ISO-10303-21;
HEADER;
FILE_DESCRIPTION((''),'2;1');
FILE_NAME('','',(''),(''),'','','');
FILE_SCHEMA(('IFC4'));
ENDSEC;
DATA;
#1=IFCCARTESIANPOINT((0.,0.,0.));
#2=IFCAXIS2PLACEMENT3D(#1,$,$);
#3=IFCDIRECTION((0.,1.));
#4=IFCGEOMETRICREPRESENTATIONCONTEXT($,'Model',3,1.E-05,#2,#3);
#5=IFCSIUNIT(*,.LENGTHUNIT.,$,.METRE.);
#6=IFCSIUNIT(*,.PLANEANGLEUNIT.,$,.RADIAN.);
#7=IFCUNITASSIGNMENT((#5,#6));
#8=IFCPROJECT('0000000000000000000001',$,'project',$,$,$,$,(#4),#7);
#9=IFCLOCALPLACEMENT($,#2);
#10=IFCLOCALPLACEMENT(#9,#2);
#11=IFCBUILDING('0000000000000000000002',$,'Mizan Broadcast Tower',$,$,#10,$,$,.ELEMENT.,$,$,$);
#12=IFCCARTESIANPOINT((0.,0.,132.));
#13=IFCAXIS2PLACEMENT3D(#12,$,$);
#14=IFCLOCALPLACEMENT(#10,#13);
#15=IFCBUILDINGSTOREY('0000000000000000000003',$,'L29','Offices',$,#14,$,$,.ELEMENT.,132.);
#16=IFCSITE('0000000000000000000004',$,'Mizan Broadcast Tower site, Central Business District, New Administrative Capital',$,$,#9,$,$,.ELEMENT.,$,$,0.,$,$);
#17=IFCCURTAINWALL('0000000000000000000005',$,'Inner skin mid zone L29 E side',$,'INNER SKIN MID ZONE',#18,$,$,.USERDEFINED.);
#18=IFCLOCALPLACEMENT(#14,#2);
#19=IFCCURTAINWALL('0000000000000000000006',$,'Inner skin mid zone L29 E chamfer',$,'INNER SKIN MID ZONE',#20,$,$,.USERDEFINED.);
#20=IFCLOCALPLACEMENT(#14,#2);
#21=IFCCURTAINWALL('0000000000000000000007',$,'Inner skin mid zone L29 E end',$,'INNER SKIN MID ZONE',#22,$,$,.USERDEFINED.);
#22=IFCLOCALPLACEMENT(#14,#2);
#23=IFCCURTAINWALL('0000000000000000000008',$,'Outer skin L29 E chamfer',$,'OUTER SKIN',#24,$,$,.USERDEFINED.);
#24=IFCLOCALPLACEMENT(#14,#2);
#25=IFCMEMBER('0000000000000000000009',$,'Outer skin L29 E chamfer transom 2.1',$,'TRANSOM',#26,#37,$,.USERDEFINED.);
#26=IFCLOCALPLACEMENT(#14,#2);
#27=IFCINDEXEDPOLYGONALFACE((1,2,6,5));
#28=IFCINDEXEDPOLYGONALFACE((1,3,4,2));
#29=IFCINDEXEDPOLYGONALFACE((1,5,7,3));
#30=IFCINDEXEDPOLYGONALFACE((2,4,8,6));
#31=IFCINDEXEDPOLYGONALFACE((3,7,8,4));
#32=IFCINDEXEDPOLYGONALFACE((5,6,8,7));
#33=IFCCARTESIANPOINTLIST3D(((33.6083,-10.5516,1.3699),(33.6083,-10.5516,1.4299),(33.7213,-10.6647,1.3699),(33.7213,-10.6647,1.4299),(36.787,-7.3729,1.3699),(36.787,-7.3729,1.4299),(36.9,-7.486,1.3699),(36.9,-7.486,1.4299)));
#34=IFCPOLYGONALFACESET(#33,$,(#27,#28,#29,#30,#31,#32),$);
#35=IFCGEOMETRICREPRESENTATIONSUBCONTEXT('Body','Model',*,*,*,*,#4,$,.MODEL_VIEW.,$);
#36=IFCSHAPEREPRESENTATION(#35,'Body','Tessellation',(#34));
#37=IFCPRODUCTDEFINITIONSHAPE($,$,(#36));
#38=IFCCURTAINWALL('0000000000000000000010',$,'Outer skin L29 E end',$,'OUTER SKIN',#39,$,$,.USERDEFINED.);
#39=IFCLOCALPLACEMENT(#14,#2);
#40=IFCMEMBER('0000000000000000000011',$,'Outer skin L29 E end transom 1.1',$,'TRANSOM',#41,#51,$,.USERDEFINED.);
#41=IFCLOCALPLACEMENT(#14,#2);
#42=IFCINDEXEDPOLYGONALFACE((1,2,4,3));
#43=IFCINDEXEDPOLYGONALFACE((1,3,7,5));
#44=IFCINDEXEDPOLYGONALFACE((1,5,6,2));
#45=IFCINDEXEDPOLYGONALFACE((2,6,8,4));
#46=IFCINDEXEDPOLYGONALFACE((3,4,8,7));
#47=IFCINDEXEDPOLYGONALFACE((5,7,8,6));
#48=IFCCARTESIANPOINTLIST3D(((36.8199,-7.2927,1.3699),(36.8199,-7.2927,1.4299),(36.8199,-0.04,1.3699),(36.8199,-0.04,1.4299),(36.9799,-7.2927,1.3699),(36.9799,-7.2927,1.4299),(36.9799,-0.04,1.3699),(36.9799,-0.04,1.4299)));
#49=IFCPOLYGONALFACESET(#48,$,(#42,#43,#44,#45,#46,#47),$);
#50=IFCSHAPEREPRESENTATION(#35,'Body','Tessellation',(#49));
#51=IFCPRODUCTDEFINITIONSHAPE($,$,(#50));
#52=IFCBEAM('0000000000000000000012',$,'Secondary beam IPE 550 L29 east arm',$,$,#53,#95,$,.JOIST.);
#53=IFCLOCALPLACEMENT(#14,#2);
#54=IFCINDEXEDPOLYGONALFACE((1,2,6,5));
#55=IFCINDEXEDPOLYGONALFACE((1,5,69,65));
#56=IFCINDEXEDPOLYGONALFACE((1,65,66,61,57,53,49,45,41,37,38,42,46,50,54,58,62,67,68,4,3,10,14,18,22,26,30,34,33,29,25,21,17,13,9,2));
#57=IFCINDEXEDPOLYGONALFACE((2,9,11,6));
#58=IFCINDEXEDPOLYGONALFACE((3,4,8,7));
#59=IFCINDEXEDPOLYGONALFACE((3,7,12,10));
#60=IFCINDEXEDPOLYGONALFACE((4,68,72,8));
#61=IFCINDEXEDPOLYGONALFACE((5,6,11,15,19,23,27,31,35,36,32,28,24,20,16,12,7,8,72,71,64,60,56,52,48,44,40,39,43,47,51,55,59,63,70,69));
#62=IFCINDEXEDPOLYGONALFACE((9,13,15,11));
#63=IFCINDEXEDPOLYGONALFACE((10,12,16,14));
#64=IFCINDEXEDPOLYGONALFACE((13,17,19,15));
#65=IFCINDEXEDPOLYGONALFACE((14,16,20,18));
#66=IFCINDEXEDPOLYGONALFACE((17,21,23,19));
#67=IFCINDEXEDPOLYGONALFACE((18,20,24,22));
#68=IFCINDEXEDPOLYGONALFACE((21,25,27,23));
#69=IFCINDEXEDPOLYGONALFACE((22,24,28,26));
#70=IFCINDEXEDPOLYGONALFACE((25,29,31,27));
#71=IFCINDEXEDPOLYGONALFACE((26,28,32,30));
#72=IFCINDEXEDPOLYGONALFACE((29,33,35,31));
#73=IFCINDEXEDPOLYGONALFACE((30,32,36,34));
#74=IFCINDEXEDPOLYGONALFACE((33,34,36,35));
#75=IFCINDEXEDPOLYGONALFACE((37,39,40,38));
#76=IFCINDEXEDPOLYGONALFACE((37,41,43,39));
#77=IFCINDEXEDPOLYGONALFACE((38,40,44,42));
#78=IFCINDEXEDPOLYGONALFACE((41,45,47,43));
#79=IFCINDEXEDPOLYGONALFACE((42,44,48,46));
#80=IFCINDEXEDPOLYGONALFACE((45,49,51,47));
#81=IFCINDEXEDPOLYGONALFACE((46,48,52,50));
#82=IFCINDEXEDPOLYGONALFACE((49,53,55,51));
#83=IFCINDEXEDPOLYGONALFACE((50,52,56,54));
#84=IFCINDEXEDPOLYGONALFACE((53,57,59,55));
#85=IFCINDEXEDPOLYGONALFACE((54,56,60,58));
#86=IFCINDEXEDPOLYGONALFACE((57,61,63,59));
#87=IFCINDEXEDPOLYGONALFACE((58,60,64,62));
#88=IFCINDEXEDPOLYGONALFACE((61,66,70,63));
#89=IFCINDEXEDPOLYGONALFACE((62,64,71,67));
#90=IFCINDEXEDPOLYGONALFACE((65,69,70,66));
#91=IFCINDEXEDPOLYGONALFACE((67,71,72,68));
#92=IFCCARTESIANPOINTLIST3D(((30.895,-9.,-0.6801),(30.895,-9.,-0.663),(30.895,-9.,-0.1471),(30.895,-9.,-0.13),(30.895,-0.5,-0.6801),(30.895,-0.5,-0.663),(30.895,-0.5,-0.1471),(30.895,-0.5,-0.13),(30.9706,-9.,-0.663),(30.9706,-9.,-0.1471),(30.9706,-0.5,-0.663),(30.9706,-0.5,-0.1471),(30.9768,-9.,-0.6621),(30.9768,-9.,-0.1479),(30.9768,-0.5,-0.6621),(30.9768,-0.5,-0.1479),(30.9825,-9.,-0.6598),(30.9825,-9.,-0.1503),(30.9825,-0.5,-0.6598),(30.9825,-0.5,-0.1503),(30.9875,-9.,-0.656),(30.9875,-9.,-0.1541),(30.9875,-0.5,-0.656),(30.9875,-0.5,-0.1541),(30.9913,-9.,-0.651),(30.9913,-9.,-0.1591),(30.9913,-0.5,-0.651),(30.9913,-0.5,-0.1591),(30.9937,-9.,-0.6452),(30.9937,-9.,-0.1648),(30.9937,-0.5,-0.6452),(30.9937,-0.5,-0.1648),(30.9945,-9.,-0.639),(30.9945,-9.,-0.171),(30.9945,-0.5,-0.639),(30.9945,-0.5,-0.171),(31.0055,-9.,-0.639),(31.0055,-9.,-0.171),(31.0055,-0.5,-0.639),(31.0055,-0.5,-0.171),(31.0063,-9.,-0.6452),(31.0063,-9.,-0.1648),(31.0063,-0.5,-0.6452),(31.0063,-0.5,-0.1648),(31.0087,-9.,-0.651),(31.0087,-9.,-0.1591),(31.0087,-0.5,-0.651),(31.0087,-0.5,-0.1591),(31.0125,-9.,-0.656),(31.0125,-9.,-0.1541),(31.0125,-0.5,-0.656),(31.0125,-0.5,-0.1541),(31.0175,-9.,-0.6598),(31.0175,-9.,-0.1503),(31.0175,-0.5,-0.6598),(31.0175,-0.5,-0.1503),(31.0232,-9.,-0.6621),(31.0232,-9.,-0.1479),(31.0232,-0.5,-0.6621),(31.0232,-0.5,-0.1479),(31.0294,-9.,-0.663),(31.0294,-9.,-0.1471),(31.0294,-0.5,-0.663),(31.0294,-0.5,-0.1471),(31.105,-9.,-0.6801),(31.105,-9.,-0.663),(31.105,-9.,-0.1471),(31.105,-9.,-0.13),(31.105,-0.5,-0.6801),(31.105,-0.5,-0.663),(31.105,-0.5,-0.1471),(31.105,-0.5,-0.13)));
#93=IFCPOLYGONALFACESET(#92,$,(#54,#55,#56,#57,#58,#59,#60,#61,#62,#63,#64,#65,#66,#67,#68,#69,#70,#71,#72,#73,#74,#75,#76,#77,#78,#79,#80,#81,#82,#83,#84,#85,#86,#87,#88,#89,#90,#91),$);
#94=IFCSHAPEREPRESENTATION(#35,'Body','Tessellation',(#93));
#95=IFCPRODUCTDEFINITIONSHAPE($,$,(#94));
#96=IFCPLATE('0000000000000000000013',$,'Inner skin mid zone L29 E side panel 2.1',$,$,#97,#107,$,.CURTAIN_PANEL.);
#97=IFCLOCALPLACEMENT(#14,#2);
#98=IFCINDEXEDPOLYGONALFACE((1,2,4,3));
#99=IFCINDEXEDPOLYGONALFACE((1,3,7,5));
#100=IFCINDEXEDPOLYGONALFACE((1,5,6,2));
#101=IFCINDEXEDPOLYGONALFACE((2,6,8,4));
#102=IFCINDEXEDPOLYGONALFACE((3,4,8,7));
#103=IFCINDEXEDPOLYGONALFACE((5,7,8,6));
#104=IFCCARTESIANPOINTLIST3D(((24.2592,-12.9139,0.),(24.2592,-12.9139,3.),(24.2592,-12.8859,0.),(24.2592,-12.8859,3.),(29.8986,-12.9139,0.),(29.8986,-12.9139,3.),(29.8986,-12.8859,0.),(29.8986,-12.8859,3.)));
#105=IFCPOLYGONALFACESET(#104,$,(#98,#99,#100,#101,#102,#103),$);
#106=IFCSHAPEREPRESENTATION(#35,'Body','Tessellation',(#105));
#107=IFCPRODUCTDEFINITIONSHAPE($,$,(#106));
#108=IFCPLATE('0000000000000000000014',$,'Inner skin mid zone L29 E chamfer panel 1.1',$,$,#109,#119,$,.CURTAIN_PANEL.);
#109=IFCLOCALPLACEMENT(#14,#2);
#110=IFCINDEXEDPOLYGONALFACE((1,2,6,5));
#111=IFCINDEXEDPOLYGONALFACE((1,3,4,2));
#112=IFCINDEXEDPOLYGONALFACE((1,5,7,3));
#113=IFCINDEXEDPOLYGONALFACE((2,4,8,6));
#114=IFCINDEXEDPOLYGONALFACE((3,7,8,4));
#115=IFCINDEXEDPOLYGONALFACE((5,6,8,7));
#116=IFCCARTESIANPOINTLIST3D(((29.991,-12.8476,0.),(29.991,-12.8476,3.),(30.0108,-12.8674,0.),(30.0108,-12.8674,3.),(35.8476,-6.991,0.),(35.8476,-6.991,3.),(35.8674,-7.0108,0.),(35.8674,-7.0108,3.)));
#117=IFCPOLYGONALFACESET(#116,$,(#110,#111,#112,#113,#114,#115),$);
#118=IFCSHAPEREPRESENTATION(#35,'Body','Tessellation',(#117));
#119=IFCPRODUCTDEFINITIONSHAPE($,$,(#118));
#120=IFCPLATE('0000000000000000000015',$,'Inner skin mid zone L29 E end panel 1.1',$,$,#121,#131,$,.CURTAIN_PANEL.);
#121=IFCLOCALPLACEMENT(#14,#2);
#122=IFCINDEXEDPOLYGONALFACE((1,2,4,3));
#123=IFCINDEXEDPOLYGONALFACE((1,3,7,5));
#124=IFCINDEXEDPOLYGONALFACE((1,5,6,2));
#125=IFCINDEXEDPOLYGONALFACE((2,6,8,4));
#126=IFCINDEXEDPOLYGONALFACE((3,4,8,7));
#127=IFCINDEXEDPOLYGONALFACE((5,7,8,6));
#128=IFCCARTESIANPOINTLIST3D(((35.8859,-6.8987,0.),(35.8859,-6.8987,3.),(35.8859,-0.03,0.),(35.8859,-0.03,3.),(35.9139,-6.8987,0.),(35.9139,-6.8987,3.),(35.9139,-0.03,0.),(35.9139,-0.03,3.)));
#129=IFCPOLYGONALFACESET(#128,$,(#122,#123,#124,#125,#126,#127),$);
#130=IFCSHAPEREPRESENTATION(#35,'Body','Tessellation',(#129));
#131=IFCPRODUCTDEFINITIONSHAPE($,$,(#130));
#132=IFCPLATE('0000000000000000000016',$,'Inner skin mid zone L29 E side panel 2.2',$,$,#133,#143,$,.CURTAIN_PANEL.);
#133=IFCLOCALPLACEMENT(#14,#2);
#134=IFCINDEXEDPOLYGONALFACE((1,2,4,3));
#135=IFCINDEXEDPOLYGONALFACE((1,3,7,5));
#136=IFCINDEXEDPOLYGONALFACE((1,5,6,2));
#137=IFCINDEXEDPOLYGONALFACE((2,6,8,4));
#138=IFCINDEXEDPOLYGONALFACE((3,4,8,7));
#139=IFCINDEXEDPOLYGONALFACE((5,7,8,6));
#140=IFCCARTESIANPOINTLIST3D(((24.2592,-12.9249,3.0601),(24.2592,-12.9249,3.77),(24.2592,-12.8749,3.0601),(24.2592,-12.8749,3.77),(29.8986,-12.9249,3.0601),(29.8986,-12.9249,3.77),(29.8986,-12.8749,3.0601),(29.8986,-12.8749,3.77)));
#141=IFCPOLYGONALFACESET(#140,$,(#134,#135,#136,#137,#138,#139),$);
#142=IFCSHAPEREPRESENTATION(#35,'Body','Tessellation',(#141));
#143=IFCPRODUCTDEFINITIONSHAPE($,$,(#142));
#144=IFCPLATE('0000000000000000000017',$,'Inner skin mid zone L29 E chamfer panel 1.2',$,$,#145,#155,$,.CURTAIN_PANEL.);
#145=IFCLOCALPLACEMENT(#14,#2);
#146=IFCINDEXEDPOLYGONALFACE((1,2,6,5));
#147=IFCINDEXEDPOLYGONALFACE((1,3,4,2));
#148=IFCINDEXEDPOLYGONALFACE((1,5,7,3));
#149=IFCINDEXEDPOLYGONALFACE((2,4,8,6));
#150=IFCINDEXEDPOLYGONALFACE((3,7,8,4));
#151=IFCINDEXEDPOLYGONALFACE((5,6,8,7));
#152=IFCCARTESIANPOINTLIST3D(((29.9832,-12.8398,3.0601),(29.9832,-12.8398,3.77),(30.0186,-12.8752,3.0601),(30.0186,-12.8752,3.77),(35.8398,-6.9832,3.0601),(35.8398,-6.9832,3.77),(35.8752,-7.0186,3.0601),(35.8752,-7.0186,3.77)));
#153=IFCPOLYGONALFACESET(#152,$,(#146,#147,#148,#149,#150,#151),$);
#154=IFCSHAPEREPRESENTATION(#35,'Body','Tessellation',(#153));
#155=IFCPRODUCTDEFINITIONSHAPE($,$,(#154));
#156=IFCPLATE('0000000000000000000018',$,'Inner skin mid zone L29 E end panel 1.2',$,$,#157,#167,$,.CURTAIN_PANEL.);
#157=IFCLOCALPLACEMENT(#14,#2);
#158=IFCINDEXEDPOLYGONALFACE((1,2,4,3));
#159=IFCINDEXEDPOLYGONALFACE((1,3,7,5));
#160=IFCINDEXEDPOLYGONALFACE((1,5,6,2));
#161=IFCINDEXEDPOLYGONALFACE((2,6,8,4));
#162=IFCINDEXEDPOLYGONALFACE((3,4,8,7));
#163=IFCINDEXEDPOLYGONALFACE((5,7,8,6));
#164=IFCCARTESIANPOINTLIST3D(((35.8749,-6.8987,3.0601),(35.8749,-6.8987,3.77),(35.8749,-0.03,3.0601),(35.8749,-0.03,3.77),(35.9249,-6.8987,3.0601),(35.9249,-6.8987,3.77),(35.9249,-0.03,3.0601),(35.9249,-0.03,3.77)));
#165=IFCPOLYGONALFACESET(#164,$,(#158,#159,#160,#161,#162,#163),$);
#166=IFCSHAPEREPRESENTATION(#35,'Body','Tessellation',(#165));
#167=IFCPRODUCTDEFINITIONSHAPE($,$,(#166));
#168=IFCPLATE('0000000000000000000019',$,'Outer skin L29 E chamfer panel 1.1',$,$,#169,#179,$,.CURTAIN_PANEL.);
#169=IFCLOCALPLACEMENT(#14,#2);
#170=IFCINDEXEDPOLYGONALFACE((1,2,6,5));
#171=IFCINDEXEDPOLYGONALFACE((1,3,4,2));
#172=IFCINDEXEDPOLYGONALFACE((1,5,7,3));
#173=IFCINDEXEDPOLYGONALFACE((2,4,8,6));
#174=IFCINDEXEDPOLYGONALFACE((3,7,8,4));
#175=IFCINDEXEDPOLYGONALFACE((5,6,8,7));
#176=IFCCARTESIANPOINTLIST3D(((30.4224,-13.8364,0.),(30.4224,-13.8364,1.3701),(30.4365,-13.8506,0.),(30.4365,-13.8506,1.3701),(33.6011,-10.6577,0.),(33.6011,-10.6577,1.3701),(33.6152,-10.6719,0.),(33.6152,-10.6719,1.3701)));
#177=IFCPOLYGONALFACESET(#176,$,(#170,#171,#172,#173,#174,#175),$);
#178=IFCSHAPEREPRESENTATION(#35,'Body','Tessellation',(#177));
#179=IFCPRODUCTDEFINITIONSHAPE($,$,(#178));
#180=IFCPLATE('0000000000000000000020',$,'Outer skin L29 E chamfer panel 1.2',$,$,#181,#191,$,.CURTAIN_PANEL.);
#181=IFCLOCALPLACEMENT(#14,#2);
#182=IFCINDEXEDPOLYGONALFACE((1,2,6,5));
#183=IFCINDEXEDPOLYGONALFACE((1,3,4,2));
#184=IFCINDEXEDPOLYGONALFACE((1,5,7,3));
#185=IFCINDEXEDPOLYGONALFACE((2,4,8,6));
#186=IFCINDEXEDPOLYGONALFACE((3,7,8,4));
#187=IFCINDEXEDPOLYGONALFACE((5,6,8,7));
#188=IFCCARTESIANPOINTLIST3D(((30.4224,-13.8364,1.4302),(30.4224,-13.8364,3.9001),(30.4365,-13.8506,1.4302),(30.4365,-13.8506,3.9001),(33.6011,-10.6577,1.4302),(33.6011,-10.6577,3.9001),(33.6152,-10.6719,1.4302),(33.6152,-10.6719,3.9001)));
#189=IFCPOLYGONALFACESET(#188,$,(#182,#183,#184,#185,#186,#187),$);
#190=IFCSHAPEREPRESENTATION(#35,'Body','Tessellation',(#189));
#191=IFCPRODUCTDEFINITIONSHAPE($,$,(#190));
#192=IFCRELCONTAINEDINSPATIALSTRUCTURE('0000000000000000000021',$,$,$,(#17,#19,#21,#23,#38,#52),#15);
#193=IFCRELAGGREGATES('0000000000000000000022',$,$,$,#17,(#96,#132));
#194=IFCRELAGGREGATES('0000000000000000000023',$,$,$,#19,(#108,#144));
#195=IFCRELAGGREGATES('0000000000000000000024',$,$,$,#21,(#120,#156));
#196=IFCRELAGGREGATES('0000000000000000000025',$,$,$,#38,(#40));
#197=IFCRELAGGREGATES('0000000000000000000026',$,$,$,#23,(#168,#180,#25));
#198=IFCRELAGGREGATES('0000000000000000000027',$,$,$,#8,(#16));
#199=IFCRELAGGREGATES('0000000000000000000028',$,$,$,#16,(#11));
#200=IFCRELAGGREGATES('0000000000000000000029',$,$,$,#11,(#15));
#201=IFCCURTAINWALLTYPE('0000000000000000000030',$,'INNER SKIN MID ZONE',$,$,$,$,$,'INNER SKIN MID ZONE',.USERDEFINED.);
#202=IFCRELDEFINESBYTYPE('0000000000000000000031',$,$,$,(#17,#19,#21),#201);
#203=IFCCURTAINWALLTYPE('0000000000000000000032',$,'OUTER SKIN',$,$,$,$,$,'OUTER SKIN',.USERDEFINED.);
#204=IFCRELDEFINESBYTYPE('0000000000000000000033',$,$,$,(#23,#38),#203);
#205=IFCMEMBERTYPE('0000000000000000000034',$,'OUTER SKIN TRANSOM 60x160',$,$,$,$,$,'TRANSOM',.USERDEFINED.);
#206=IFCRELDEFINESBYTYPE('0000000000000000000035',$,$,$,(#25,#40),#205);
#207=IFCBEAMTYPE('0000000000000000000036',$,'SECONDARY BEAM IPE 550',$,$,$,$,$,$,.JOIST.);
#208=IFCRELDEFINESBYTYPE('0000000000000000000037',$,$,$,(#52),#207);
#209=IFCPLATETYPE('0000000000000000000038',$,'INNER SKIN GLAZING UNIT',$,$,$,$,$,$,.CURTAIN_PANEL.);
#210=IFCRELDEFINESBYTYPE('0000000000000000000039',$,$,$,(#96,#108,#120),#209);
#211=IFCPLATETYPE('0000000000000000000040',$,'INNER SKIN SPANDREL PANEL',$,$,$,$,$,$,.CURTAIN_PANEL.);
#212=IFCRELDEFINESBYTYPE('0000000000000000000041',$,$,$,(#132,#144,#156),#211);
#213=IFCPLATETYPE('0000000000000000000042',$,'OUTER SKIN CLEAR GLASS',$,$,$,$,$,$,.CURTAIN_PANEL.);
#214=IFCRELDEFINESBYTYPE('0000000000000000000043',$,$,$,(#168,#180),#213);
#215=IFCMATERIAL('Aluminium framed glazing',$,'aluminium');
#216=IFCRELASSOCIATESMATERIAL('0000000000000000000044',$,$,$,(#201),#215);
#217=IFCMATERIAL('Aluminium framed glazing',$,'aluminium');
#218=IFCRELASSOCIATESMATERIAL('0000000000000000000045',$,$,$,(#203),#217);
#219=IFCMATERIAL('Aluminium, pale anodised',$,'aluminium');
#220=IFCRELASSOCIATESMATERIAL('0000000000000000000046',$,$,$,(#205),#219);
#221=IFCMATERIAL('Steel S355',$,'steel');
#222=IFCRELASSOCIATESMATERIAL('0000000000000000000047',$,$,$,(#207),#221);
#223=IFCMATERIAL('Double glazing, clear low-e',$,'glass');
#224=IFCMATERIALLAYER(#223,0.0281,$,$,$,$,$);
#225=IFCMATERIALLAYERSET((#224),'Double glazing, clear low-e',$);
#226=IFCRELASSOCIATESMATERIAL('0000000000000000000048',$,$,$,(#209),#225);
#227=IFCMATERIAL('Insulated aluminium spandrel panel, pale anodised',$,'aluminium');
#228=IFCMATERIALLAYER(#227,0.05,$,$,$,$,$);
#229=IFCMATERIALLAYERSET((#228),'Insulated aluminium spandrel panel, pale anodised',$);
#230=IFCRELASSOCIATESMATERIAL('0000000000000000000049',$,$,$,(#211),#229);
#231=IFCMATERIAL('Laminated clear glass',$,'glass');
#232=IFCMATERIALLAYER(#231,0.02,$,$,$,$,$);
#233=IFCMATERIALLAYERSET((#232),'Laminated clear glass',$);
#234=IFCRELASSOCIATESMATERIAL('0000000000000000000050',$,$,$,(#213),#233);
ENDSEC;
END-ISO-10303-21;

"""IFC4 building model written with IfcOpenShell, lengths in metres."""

from ifc_helpers import new_model, si_unit, direction, frame, origin, origin_2d, place, context, subcontext, project, spatial, rectangle, i_section, extrude, material, layer, layer_set, material_profile, profile_set, type_object, element, aggregate, save


model = new_model("IFC4")

# Units and contexts
model_context = context("Model", 3, precision=1e-05, world=origin(), true_north=direction((0.0, 1.0)))
body_context = subcontext(model_context, "Body", "Model", "MODEL_VIEW")
ifc_project = project(units=[si_unit("LENGTHUNIT", "METRE"), si_unit("PLANEANGLEUNIT", "RADIAN")], contexts=[model_context])

# Site, building, storey
site_placement = place(None, origin())
site = spatial("IfcSite", under=ifc_project, at=site_placement, Name="Mizan Broadcast Tower site, Central Business District, New Administrative Capital", CompositionType="ELEMENT", RefElevation=0.0)
building_placement = place(site_placement, origin())
building = spatial("IfcBuilding", under=site, at=building_placement, Name="Mizan Broadcast Tower", CompositionType="ELEMENT")
storey_placement = place(building_placement, frame((0.0, 0.0, 132.0)))
storey = spatial("IfcBuildingStorey", under=building, at=storey_placement, Name="L29", Description="Offices", CompositionType="ELEMENT", Elevation=132.0)

# Curtain wall
ifc_material_1 = material(Name="Aluminium framed glazing", Category="aluminium")
curtain_wall_type_1 = type_object("IfcCurtainWallType", Name="INNER SKIN MID ZONE", ElementType="INNER SKIN MID ZONE", PredefinedType="USERDEFINED", material=ifc_material_1)
curtain_wall_1_placement = place(storey_placement, origin())
curtain_wall_1 = element("IfcCurtainWall", 1, at=curtain_wall_1_placement, inside=storey, type_object=curtain_wall_type_1, Name="Inner skin mid zone L29 E side", ObjectType="INNER SKIN MID ZONE", PredefinedType="USERDEFINED")

# Curtain wall
curtain_wall_2_placement = place(storey_placement, origin())
curtain_wall_2 = element("IfcCurtainWall", 2, at=curtain_wall_2_placement, inside=storey, type_object=curtain_wall_type_1, Name="Inner skin mid zone L29 E chamfer", ObjectType="INNER SKIN MID ZONE", PredefinedType="USERDEFINED")

# Curtain wall
curtain_wall_3_placement = place(storey_placement, origin())
curtain_wall_3 = element("IfcCurtainWall", 3, at=curtain_wall_3_placement, inside=storey, type_object=curtain_wall_type_1, Name="Inner skin mid zone L29 E end", ObjectType="INNER SKIN MID ZONE", PredefinedType="USERDEFINED")

# Curtain wall
ifc_material_2 = material(Name="Aluminium framed glazing", Category="aluminium")
curtain_wall_type_2 = type_object("IfcCurtainWallType", Name="OUTER SKIN", ElementType="OUTER SKIN", PredefinedType="USERDEFINED", material=ifc_material_2)
curtain_wall_4_placement = place(storey_placement, origin())
curtain_wall_4 = element("IfcCurtainWall", 4, at=curtain_wall_4_placement, inside=storey, type_object=curtain_wall_type_2, Name="Outer skin L29 E chamfer", ObjectType="OUTER SKIN", PredefinedType="USERDEFINED")

# Member
ifc_material_3 = material(Name="Aluminium, pale anodised", Category="aluminium")
ifc_material_profile_1 = material_profile(ifc_material_3, rectangle(XDim=0.1599, YDim=0.0601, at=origin_2d()), Name="TRANSOM 160x60")
ifc_profile_set_1 = profile_set([ifc_material_profile_1], Name="Aluminium, pale anodised")
member_type_1 = type_object("IfcMemberType", Name="OUTER SKIN TRANSOM 60x160", ElementType="TRANSOM", PredefinedType="USERDEFINED", material=ifc_profile_set_1)
member_1_placement = place(storey_placement, frame((33.6648, -10.6082, 1.3999), z_axis=(0.707107, 0.707107, 0.0), x_axis=(-0.707107, 0.707107, 0.0)))
member_1 = element("IfcMember", 5, at=member_1_placement, type_object=member_type_1, Name="Outer skin L29 E chamfer transom 2.1", ObjectType="TRANSOM", PredefinedType="USERDEFINED", context=body_context, shape_type="SweptSolid", body=[
    extrude(rectangle(XDim=0.1599, YDim=0.0601, at=origin_2d()), origin(), (0.0, 0.0, 1.0), 4.4954),
])

# Curtain wall, member
curtain_wall_5_placement = place(storey_placement, origin())
curtain_wall_5 = element("IfcCurtainWall", 6, at=curtain_wall_5_placement, inside=storey, type_object=curtain_wall_type_2, Name="Outer skin L29 E end", ObjectType="OUTER SKIN", PredefinedType="USERDEFINED")
member_2_placement = place(storey_placement, frame((36.8999, -7.2927, 1.3999), z_axis=(0.0, 1.0, 0.0), x_axis=(-1.0, 0.0, 0.0)))
member_2 = element("IfcMember", 7, at=member_2_placement, type_object=member_type_1, Name="Outer skin L29 E end transom 1.1", ObjectType="TRANSOM", PredefinedType="USERDEFINED", context=body_context, shape_type="SweptSolid", body=[
    extrude(rectangle(XDim=0.1599, YDim=0.0601, at=origin_2d()), origin(), (0.0, 0.0, 1.0), 7.2527),
])

# Beam
ifc_material_4 = material(Name="Steel S355", Category="steel")
ifc_material_profile_2 = material_profile(ifc_material_4, i_section(OverallWidth=0.21, OverallDepth=0.55, WebThickness=0.011, FlangeThickness=0.0171, FilletRadius=0.0239, at=origin_2d()), Name="IPE 550")
ifc_profile_set_2 = profile_set([ifc_material_profile_2], Name="Steel S355")
beam_type_1 = type_object("IfcBeamType", Name="SECONDARY BEAM IPE 550", PredefinedType="JOIST", material=ifc_profile_set_2)
beam_1_placement = place(storey_placement, frame((31.0, -9.0, -0.405), z_axis=(0.0, 1.0, 0.0), x_axis=(-1.0, 0.0, 0.0)))
element("IfcBeam", 8, at=beam_1_placement, inside=storey, type_object=beam_type_1, Name="Secondary beam IPE 550 L29 east arm", PredefinedType="JOIST", context=body_context, shape_type="SweptSolid", body=[
    extrude(i_section(OverallWidth=0.21, OverallDepth=0.55, WebThickness=0.011, FlangeThickness=0.0171, FilletRadius=0.0239, at=origin_2d()), origin(), (0.0, 0.0, 1.0), 8.5),
])

# Plates
ifc_material_5 = material(Name="Double glazing, clear low-e", Category="glass")
ifc_layer_1 = layer(ifc_material_5, 0.0281)
ifc_layer_set_1 = layer_set([ifc_layer_1], Name="Double glazing, clear low-e")
plate_type_1 = type_object("IfcPlateType", Name="INNER SKIN GLAZING UNIT", PredefinedType="CURTAIN_PANEL", material=ifc_layer_set_1)
plate_1_placement = place(storey_placement, frame((27.0789, -12.8999, 0.0), z_axis=(0.0, 0.0, 1.0), x_axis=(1.0, 0.0, 0.0)))
plate_1 = element("IfcPlate", 9, at=plate_1_placement, type_object=plate_type_1, Name="Inner skin mid zone L29 E side panel 2.1", PredefinedType="CURTAIN_PANEL", context=body_context, shape_type="SweptSolid", body=[
    extrude(rectangle(XDim=5.6394, YDim=0.0281, at=origin_2d()), origin(), (0.0, 0.0, 1.0), 3.0),
])
plate_2_placement = place(storey_placement, frame((32.9292, -9.9292, 0.0), z_axis=(0.0, 0.0, 1.0), x_axis=(0.707107, 0.707107, 0.0)))
plate_2 = element("IfcPlate", 10, at=plate_2_placement, type_object=plate_type_1, Name="Inner skin mid zone L29 E chamfer panel 1.1", PredefinedType="CURTAIN_PANEL", context=body_context, shape_type="SweptSolid", body=[
    extrude(rectangle(XDim=8.2825, YDim=0.0281, at=origin_2d()), origin(), (0.0, 0.0, 1.0), 3.0),
])
plate_3_placement = place(storey_placement, frame((35.8999, -3.4644, 0.0), z_axis=(0.0, 0.0, 1.0), x_axis=(0.0, 1.0, 0.0)))
plate_3 = element("IfcPlate", 11, at=plate_3_placement, type_object=plate_type_1, Name="Inner skin mid zone L29 E end panel 1.1", PredefinedType="CURTAIN_PANEL", context=body_context, shape_type="SweptSolid", body=[
    extrude(rectangle(XDim=6.8687, YDim=0.0281, at=origin_2d()), origin(), (0.0, 0.0, 1.0), 3.0),
])
ifc_material_6 = material(Name="Insulated aluminium spandrel panel, pale anodised", Category="aluminium")
ifc_layer_2 = layer(ifc_material_6, 0.05)
ifc_layer_set_2 = layer_set([ifc_layer_2], Name="Insulated aluminium spandrel panel, pale anodised")
plate_type_2 = type_object("IfcPlateType", Name="INNER SKIN SPANDREL PANEL", PredefinedType="CURTAIN_PANEL", material=ifc_layer_set_2)
plate_4_placement = place(storey_placement, frame((27.0789, -12.8999, 3.0601), z_axis=(0.0, 0.0, 1.0), x_axis=(1.0, 0.0, 0.0)))
plate_4 = element("IfcPlate", 12, at=plate_4_placement, type_object=plate_type_2, Name="Inner skin mid zone L29 E side panel 2.2", PredefinedType="CURTAIN_PANEL", context=body_context, shape_type="SweptSolid", body=[
    extrude(rectangle(XDim=5.6394, YDim=0.05, at=origin_2d()), origin(), (0.0, 0.0, 1.0), 0.71),
])
aggregate(curtain_wall_1, [plate_1, plate_4])
plate_5_placement = place(storey_placement, frame((32.9292, -9.9292, 3.0601), z_axis=(0.0, 0.0, 1.0), x_axis=(0.707107, 0.707107, 0.0)))
plate_5 = element("IfcPlate", 13, at=plate_5_placement, type_object=plate_type_2, Name="Inner skin mid zone L29 E chamfer panel 1.2", PredefinedType="CURTAIN_PANEL", context=body_context, shape_type="SweptSolid", body=[
    extrude(rectangle(XDim=8.2825, YDim=0.05, at=origin_2d()), origin(), (0.0, 0.0, 1.0), 0.71),
])
aggregate(curtain_wall_2, [plate_2, plate_5])
plate_6_placement = place(storey_placement, frame((35.8999, -3.4644, 3.0601), z_axis=(0.0, 0.0, 1.0), x_axis=(0.0, 1.0, 0.0)))
plate_6 = element("IfcPlate", 14, at=plate_6_placement, type_object=plate_type_2, Name="Inner skin mid zone L29 E end panel 1.2", PredefinedType="CURTAIN_PANEL", context=body_context, shape_type="SweptSolid", body=[
    extrude(rectangle(XDim=6.8687, YDim=0.05, at=origin_2d()), origin(), (0.0, 0.0, 1.0), 0.71),
])
aggregate(curtain_wall_3, [plate_3, plate_6])
ifc_material_7 = material(Name="Laminated clear glass", Category="glass")
ifc_layer_3 = layer(ifc_material_7, 0.02)
ifc_layer_set_3 = layer_set([ifc_layer_3], Name="Laminated clear glass")
plate_type_3 = type_object("IfcPlateType", Name="OUTER SKIN CLEAR GLASS", PredefinedType="CURTAIN_PANEL", material=ifc_layer_set_3)
plate_7_placement = place(storey_placement, frame((32.0188, -12.2542, 0.0), z_axis=(0.0, 0.0, 1.0), x_axis=(0.707107, 0.707107, 0.0)))
plate_7 = element("IfcPlate", 15, at=plate_7_placement, type_object=plate_type_3, Name="Outer skin L29 E chamfer panel 1.1", PredefinedType="CURTAIN_PANEL", context=body_context, shape_type="SweptSolid", body=[
    extrude(rectangle(XDim=4.4954, YDim=0.02, at=origin_2d()), origin(), (0.0, 0.0, 1.0), 1.3701),
])
plate_8_placement = place(storey_placement, frame((32.0188, -12.2542, 1.4302), z_axis=(0.0, 0.0, 1.0), x_axis=(0.707107, 0.707107, 0.0)))
plate_8 = element("IfcPlate", 16, at=plate_8_placement, type_object=plate_type_3, Name="Outer skin L29 E chamfer panel 1.2", PredefinedType="CURTAIN_PANEL", context=body_context, shape_type="SweptSolid", body=[
    extrude(rectangle(XDim=4.4954, YDim=0.02, at=origin_2d()), origin(), (0.0, 0.0, 1.0), 2.47),
])
aggregate(curtain_wall_5, [member_2])
aggregate(curtain_wall_4, [plate_7, plate_8, member_1])

save(model, "model.ifc")
